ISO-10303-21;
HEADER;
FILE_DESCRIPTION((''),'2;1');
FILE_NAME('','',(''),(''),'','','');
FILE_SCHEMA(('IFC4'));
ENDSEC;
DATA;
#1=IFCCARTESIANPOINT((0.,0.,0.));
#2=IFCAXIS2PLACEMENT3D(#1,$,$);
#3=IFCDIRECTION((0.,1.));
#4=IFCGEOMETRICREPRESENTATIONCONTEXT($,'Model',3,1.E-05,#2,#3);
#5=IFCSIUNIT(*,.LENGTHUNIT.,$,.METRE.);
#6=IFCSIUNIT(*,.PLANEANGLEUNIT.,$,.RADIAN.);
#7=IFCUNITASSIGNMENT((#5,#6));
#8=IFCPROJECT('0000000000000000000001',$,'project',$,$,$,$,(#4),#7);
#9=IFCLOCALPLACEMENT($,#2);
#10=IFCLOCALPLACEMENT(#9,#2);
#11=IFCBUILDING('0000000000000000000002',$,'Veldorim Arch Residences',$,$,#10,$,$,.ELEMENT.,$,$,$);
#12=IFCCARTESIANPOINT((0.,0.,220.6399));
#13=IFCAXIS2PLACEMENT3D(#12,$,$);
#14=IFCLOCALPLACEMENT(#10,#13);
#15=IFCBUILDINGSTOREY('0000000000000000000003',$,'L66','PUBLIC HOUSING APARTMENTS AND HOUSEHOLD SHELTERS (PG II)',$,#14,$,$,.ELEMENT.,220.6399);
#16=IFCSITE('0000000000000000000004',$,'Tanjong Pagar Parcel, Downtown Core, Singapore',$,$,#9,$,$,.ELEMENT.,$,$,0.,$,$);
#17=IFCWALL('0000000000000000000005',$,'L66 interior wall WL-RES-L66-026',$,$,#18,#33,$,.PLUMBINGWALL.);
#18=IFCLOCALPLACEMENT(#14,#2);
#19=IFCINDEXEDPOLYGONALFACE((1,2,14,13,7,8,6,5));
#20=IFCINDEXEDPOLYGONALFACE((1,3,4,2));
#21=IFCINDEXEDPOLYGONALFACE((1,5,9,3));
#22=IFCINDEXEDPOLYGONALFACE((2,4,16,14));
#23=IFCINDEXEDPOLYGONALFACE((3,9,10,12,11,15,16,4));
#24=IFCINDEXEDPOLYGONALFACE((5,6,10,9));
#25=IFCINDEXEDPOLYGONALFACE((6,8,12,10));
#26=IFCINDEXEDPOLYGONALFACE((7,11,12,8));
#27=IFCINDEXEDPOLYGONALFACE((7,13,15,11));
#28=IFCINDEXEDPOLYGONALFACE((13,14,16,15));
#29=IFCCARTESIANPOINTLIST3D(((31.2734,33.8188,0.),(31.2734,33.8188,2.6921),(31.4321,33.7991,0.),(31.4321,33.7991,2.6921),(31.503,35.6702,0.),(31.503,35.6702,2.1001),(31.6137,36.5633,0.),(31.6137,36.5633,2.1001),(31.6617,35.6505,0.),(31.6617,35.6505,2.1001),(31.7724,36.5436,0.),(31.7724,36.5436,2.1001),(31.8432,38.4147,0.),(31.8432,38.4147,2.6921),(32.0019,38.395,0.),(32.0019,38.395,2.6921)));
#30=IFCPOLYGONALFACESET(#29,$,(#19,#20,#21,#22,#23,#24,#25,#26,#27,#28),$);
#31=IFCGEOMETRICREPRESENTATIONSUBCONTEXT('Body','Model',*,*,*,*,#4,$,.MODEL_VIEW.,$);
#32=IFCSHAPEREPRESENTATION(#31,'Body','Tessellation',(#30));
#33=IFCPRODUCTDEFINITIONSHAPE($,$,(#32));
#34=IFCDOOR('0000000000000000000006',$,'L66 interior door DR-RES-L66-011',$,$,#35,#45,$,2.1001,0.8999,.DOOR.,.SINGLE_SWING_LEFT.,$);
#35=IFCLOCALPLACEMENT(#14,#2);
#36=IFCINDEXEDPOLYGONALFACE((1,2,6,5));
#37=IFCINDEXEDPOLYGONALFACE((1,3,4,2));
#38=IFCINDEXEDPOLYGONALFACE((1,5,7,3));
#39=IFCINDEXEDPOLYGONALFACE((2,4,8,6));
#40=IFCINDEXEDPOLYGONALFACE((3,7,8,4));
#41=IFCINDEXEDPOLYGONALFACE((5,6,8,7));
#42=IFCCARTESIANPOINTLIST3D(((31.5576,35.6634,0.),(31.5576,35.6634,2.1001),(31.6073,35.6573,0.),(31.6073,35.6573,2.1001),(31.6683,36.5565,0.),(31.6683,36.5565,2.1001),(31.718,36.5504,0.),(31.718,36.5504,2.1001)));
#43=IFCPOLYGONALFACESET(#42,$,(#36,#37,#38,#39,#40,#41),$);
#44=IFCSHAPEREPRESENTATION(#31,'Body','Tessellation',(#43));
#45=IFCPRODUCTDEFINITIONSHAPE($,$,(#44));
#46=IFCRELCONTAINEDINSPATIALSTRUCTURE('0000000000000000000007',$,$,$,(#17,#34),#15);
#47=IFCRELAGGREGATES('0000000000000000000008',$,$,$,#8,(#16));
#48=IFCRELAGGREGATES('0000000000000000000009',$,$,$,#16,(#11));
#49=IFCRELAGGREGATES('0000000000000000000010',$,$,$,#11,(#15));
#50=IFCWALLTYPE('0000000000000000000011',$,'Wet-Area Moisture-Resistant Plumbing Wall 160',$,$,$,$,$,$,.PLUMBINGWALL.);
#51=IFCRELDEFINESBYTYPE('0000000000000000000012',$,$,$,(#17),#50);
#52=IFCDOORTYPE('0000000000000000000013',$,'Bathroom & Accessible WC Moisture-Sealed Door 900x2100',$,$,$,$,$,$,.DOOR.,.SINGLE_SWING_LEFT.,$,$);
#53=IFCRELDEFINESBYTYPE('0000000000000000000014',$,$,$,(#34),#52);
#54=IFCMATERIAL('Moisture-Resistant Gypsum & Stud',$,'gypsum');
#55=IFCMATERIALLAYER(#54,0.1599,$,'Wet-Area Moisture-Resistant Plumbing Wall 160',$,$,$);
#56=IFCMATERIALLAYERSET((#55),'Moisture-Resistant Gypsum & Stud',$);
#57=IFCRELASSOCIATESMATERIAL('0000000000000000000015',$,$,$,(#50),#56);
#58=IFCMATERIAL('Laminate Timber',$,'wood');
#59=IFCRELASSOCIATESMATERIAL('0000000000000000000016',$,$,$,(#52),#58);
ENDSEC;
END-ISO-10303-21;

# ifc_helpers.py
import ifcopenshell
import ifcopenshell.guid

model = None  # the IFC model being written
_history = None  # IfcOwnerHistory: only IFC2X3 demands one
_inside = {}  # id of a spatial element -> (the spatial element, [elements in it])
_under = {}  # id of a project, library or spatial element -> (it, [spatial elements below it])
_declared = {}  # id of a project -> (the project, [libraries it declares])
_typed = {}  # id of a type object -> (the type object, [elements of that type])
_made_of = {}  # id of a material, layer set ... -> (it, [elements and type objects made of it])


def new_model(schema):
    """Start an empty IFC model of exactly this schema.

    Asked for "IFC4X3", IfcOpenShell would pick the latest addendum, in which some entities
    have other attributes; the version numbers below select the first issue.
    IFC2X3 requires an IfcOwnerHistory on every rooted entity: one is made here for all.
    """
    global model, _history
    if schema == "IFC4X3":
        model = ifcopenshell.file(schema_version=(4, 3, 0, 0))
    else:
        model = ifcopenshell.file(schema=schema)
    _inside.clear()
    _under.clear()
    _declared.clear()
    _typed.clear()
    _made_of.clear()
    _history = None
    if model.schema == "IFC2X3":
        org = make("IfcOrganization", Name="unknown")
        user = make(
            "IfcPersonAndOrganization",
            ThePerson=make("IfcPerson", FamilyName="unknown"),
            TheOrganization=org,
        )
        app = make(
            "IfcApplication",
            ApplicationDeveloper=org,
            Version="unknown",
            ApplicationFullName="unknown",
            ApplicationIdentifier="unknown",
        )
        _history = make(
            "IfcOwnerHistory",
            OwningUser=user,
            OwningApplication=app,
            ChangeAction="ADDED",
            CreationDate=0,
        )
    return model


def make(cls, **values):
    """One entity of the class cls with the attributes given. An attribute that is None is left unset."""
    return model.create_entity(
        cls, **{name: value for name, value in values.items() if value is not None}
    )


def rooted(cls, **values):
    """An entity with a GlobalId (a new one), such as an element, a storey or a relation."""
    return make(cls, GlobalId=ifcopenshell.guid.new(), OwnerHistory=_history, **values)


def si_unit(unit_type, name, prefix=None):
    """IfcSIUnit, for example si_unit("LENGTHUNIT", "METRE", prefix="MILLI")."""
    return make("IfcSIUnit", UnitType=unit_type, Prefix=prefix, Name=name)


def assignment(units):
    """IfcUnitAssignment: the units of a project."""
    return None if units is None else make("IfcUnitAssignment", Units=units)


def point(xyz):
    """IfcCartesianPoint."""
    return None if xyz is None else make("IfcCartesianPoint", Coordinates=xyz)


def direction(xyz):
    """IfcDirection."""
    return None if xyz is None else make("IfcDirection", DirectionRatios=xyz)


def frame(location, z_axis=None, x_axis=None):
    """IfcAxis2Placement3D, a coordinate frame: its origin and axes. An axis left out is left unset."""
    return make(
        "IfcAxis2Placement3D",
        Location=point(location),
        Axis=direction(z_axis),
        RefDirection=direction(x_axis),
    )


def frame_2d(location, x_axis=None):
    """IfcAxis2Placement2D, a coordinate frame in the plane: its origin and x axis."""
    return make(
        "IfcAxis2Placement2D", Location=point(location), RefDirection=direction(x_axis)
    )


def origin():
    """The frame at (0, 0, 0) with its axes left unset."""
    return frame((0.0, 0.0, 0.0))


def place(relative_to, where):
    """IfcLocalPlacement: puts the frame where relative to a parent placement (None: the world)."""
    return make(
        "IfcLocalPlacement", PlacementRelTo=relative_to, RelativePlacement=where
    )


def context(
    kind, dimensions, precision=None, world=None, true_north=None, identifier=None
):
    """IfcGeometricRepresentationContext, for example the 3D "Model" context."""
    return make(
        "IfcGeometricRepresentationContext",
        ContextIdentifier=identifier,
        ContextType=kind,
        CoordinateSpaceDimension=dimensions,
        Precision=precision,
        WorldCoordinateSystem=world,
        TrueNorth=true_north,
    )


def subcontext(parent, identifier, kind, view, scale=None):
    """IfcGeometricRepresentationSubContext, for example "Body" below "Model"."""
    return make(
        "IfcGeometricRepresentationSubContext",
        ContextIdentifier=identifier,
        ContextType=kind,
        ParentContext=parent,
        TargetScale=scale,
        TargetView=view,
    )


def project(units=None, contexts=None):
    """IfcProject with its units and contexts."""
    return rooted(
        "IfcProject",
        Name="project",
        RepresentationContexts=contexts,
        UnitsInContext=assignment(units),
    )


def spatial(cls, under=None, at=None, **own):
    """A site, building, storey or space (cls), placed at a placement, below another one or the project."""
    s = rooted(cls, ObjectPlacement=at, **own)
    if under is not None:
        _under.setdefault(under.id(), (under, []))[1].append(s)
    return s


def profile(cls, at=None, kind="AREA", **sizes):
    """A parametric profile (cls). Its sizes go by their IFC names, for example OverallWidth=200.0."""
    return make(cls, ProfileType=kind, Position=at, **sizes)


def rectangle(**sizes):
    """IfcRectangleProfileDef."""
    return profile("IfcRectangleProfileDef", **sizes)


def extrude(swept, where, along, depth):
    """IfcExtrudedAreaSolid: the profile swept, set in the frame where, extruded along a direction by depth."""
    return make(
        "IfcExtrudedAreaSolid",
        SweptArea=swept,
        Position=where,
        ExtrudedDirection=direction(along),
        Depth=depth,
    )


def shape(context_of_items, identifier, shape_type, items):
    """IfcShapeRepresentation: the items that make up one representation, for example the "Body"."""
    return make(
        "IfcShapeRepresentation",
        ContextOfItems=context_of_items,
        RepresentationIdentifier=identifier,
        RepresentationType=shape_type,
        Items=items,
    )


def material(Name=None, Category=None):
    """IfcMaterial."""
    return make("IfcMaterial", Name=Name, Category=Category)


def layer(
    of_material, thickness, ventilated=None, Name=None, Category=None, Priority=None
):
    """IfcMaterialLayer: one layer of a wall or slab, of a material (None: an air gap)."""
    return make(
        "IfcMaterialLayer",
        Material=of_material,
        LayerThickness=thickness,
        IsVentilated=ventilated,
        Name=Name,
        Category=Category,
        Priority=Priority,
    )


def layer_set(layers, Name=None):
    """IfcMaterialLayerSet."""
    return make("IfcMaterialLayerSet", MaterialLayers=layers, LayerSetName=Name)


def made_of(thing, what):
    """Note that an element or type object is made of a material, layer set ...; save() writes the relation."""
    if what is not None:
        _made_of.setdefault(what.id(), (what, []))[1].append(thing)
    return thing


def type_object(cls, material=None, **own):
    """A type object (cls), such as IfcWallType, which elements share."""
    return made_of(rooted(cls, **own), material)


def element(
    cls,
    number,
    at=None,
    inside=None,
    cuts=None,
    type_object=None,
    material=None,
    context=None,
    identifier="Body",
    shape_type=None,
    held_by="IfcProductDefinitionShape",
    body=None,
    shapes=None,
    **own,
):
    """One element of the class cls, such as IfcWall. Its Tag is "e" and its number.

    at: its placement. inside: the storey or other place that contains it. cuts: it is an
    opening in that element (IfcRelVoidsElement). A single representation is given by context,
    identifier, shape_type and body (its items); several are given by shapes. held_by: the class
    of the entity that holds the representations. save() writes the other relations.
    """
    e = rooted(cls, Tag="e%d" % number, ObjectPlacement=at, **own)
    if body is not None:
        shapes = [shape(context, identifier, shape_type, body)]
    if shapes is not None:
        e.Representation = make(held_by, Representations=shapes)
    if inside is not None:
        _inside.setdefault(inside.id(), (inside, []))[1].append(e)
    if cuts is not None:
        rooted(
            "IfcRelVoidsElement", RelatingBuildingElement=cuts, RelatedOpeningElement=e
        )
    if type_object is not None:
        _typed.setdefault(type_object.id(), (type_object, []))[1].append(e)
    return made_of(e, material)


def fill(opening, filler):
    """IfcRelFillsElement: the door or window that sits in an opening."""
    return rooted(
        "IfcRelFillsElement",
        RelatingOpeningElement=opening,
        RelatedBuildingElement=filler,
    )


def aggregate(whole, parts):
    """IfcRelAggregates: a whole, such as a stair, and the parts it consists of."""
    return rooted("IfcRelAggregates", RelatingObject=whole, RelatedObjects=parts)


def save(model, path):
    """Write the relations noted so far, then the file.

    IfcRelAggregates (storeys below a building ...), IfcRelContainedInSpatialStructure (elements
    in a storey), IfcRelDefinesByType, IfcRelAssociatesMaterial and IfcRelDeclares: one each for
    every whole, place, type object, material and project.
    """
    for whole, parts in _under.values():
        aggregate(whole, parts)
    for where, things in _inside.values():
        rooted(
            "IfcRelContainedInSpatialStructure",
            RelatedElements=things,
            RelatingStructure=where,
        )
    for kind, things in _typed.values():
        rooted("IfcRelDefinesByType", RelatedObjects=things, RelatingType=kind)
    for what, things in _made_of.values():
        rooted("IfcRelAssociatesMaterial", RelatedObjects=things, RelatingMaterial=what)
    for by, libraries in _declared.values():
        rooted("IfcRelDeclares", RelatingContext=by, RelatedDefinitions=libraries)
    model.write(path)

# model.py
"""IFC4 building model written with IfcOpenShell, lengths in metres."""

from ifc_helpers import new_model, si_unit, direction, frame, frame_2d, origin, place, context, subcontext, project, spatial, rectangle, extrude, material, layer, layer_set, type_object, element, fill, save


model = new_model("IFC4")

# Units and contexts
model_context = context("Model", 3, precision=1e-05, world=origin(), true_north=direction((0.0, 1.0)))
body_context = subcontext(model_context, "Body", "Model", "MODEL_VIEW")
ifc_project = project(units=[si_unit("LENGTHUNIT", "METRE"), si_unit("PLANEANGLEUNIT", "RADIAN")], contexts=[model_context])

# Site, building, storey
site_placement = place(None, origin())
site = spatial("IfcSite", under=ifc_project, at=site_placement, Name="Tanjong Pagar Parcel, Downtown Core, Singapore", CompositionType="ELEMENT", RefElevation=0.0)
building_placement = place(site_placement, origin())
building = spatial("IfcBuilding", under=site, at=building_placement, Name="Veldorim Arch Residences", CompositionType="ELEMENT")
storey_placement = place(building_placement, frame((0.0, 0.0, 220.6399)))
storey = spatial("IfcBuildingStorey", under=building, at=storey_placement, Name="L66", Description="PUBLIC HOUSING APARTMENTS AND HOUSEHOLD SHELTERS (PG II)", CompositionType="ELEMENT", Elevation=220.6399)

# Shared definitions
ifc_material_1 = material(Name="Moisture-Resistant Gypsum & Stud", Category="gypsum")
ifc_layer_1 = layer(ifc_material_1, 0.1599, Name="Wet-Area Moisture-Resistant Plumbing Wall 160")
ifc_layer_set_1 = layer_set([ifc_layer_1], Name="Moisture-Resistant Gypsum & Stud")
wall_type_1 = type_object("IfcWallType", Name="Wet-Area Moisture-Resistant Plumbing Wall 160", PredefinedType="PLUMBINGWALL", material=ifc_layer_set_1)

# Wall, opening, door
wall_1_placement = place(storey_placement, frame((31.3528, 33.8091, 0.0), z_axis=(0.0, 0.0, 1.0), x_axis=(0.123042, 0.992401, 0.0)))
wall_1 = element("IfcWall", 1, at=wall_1_placement, inside=storey, type_object=wall_type_1, Name="L66 interior wall WL-RES-L66-026", PredefinedType="PLUMBINGWALL", context=body_context, shape_type="SweptSolid", body=[
    extrude(rectangle(XDim=4.6311, YDim=0.1599, at=frame_2d((2.3154, 0.0))), origin(), (0.0, 0.0, 1.0), 2.6921),
])
opening_1_placement = place(wall_1_placement, frame((1.8655, 0.0, 0.0)))
opening_1 = element("IfcOpeningElement", 2, at=opening_1_placement, cuts=wall_1, PredefinedType="OPENING", context=body_context, shape_type="SweptSolid", body=[
    extrude(rectangle(XDim=0.8999, YDim=2.1001, at=frame_2d((0.45, 1.05))), frame((0.0, 0.0898, 0.0), z_axis=(0.0, -1.0, 0.0), x_axis=(1.0, 0.0, 0.0)), (0.0, 0.0, 1.0), 0.1799),
])
ifc_material_2 = material(Name="Laminate Timber", Category="wood")
door_type_1 = type_object("IfcDoorType", Name="Bathroom & Accessible WC Moisture-Sealed Door 900x2100", OperationType="SINGLE_SWING_LEFT", PredefinedType="DOOR", material=ifc_material_2)
door_1_placement = place(opening_1_placement, origin())
door_1 = element("IfcDoor", 3, at=door_1_placement, inside=storey, type_object=door_type_1, Name="L66 interior door DR-RES-L66-011", OperationType="SINGLE_SWING_LEFT", OverallHeight=2.1001, OverallWidth=0.8999, PredefinedType="DOOR", context=body_context, shape_type="SweptSolid", body=[
    extrude(rectangle(XDim=0.8999, YDim=2.1001, at=frame_2d((0.45, 1.05))), frame((0.0, 0.0249, 0.0), z_axis=(0.0, -1.0, 0.0), x_axis=(1.0, 0.0, 0.0)), (0.0, 0.0, 1.0), 0.05),
])
fill(opening_1, door_1)

save(model, "model.ifc")
